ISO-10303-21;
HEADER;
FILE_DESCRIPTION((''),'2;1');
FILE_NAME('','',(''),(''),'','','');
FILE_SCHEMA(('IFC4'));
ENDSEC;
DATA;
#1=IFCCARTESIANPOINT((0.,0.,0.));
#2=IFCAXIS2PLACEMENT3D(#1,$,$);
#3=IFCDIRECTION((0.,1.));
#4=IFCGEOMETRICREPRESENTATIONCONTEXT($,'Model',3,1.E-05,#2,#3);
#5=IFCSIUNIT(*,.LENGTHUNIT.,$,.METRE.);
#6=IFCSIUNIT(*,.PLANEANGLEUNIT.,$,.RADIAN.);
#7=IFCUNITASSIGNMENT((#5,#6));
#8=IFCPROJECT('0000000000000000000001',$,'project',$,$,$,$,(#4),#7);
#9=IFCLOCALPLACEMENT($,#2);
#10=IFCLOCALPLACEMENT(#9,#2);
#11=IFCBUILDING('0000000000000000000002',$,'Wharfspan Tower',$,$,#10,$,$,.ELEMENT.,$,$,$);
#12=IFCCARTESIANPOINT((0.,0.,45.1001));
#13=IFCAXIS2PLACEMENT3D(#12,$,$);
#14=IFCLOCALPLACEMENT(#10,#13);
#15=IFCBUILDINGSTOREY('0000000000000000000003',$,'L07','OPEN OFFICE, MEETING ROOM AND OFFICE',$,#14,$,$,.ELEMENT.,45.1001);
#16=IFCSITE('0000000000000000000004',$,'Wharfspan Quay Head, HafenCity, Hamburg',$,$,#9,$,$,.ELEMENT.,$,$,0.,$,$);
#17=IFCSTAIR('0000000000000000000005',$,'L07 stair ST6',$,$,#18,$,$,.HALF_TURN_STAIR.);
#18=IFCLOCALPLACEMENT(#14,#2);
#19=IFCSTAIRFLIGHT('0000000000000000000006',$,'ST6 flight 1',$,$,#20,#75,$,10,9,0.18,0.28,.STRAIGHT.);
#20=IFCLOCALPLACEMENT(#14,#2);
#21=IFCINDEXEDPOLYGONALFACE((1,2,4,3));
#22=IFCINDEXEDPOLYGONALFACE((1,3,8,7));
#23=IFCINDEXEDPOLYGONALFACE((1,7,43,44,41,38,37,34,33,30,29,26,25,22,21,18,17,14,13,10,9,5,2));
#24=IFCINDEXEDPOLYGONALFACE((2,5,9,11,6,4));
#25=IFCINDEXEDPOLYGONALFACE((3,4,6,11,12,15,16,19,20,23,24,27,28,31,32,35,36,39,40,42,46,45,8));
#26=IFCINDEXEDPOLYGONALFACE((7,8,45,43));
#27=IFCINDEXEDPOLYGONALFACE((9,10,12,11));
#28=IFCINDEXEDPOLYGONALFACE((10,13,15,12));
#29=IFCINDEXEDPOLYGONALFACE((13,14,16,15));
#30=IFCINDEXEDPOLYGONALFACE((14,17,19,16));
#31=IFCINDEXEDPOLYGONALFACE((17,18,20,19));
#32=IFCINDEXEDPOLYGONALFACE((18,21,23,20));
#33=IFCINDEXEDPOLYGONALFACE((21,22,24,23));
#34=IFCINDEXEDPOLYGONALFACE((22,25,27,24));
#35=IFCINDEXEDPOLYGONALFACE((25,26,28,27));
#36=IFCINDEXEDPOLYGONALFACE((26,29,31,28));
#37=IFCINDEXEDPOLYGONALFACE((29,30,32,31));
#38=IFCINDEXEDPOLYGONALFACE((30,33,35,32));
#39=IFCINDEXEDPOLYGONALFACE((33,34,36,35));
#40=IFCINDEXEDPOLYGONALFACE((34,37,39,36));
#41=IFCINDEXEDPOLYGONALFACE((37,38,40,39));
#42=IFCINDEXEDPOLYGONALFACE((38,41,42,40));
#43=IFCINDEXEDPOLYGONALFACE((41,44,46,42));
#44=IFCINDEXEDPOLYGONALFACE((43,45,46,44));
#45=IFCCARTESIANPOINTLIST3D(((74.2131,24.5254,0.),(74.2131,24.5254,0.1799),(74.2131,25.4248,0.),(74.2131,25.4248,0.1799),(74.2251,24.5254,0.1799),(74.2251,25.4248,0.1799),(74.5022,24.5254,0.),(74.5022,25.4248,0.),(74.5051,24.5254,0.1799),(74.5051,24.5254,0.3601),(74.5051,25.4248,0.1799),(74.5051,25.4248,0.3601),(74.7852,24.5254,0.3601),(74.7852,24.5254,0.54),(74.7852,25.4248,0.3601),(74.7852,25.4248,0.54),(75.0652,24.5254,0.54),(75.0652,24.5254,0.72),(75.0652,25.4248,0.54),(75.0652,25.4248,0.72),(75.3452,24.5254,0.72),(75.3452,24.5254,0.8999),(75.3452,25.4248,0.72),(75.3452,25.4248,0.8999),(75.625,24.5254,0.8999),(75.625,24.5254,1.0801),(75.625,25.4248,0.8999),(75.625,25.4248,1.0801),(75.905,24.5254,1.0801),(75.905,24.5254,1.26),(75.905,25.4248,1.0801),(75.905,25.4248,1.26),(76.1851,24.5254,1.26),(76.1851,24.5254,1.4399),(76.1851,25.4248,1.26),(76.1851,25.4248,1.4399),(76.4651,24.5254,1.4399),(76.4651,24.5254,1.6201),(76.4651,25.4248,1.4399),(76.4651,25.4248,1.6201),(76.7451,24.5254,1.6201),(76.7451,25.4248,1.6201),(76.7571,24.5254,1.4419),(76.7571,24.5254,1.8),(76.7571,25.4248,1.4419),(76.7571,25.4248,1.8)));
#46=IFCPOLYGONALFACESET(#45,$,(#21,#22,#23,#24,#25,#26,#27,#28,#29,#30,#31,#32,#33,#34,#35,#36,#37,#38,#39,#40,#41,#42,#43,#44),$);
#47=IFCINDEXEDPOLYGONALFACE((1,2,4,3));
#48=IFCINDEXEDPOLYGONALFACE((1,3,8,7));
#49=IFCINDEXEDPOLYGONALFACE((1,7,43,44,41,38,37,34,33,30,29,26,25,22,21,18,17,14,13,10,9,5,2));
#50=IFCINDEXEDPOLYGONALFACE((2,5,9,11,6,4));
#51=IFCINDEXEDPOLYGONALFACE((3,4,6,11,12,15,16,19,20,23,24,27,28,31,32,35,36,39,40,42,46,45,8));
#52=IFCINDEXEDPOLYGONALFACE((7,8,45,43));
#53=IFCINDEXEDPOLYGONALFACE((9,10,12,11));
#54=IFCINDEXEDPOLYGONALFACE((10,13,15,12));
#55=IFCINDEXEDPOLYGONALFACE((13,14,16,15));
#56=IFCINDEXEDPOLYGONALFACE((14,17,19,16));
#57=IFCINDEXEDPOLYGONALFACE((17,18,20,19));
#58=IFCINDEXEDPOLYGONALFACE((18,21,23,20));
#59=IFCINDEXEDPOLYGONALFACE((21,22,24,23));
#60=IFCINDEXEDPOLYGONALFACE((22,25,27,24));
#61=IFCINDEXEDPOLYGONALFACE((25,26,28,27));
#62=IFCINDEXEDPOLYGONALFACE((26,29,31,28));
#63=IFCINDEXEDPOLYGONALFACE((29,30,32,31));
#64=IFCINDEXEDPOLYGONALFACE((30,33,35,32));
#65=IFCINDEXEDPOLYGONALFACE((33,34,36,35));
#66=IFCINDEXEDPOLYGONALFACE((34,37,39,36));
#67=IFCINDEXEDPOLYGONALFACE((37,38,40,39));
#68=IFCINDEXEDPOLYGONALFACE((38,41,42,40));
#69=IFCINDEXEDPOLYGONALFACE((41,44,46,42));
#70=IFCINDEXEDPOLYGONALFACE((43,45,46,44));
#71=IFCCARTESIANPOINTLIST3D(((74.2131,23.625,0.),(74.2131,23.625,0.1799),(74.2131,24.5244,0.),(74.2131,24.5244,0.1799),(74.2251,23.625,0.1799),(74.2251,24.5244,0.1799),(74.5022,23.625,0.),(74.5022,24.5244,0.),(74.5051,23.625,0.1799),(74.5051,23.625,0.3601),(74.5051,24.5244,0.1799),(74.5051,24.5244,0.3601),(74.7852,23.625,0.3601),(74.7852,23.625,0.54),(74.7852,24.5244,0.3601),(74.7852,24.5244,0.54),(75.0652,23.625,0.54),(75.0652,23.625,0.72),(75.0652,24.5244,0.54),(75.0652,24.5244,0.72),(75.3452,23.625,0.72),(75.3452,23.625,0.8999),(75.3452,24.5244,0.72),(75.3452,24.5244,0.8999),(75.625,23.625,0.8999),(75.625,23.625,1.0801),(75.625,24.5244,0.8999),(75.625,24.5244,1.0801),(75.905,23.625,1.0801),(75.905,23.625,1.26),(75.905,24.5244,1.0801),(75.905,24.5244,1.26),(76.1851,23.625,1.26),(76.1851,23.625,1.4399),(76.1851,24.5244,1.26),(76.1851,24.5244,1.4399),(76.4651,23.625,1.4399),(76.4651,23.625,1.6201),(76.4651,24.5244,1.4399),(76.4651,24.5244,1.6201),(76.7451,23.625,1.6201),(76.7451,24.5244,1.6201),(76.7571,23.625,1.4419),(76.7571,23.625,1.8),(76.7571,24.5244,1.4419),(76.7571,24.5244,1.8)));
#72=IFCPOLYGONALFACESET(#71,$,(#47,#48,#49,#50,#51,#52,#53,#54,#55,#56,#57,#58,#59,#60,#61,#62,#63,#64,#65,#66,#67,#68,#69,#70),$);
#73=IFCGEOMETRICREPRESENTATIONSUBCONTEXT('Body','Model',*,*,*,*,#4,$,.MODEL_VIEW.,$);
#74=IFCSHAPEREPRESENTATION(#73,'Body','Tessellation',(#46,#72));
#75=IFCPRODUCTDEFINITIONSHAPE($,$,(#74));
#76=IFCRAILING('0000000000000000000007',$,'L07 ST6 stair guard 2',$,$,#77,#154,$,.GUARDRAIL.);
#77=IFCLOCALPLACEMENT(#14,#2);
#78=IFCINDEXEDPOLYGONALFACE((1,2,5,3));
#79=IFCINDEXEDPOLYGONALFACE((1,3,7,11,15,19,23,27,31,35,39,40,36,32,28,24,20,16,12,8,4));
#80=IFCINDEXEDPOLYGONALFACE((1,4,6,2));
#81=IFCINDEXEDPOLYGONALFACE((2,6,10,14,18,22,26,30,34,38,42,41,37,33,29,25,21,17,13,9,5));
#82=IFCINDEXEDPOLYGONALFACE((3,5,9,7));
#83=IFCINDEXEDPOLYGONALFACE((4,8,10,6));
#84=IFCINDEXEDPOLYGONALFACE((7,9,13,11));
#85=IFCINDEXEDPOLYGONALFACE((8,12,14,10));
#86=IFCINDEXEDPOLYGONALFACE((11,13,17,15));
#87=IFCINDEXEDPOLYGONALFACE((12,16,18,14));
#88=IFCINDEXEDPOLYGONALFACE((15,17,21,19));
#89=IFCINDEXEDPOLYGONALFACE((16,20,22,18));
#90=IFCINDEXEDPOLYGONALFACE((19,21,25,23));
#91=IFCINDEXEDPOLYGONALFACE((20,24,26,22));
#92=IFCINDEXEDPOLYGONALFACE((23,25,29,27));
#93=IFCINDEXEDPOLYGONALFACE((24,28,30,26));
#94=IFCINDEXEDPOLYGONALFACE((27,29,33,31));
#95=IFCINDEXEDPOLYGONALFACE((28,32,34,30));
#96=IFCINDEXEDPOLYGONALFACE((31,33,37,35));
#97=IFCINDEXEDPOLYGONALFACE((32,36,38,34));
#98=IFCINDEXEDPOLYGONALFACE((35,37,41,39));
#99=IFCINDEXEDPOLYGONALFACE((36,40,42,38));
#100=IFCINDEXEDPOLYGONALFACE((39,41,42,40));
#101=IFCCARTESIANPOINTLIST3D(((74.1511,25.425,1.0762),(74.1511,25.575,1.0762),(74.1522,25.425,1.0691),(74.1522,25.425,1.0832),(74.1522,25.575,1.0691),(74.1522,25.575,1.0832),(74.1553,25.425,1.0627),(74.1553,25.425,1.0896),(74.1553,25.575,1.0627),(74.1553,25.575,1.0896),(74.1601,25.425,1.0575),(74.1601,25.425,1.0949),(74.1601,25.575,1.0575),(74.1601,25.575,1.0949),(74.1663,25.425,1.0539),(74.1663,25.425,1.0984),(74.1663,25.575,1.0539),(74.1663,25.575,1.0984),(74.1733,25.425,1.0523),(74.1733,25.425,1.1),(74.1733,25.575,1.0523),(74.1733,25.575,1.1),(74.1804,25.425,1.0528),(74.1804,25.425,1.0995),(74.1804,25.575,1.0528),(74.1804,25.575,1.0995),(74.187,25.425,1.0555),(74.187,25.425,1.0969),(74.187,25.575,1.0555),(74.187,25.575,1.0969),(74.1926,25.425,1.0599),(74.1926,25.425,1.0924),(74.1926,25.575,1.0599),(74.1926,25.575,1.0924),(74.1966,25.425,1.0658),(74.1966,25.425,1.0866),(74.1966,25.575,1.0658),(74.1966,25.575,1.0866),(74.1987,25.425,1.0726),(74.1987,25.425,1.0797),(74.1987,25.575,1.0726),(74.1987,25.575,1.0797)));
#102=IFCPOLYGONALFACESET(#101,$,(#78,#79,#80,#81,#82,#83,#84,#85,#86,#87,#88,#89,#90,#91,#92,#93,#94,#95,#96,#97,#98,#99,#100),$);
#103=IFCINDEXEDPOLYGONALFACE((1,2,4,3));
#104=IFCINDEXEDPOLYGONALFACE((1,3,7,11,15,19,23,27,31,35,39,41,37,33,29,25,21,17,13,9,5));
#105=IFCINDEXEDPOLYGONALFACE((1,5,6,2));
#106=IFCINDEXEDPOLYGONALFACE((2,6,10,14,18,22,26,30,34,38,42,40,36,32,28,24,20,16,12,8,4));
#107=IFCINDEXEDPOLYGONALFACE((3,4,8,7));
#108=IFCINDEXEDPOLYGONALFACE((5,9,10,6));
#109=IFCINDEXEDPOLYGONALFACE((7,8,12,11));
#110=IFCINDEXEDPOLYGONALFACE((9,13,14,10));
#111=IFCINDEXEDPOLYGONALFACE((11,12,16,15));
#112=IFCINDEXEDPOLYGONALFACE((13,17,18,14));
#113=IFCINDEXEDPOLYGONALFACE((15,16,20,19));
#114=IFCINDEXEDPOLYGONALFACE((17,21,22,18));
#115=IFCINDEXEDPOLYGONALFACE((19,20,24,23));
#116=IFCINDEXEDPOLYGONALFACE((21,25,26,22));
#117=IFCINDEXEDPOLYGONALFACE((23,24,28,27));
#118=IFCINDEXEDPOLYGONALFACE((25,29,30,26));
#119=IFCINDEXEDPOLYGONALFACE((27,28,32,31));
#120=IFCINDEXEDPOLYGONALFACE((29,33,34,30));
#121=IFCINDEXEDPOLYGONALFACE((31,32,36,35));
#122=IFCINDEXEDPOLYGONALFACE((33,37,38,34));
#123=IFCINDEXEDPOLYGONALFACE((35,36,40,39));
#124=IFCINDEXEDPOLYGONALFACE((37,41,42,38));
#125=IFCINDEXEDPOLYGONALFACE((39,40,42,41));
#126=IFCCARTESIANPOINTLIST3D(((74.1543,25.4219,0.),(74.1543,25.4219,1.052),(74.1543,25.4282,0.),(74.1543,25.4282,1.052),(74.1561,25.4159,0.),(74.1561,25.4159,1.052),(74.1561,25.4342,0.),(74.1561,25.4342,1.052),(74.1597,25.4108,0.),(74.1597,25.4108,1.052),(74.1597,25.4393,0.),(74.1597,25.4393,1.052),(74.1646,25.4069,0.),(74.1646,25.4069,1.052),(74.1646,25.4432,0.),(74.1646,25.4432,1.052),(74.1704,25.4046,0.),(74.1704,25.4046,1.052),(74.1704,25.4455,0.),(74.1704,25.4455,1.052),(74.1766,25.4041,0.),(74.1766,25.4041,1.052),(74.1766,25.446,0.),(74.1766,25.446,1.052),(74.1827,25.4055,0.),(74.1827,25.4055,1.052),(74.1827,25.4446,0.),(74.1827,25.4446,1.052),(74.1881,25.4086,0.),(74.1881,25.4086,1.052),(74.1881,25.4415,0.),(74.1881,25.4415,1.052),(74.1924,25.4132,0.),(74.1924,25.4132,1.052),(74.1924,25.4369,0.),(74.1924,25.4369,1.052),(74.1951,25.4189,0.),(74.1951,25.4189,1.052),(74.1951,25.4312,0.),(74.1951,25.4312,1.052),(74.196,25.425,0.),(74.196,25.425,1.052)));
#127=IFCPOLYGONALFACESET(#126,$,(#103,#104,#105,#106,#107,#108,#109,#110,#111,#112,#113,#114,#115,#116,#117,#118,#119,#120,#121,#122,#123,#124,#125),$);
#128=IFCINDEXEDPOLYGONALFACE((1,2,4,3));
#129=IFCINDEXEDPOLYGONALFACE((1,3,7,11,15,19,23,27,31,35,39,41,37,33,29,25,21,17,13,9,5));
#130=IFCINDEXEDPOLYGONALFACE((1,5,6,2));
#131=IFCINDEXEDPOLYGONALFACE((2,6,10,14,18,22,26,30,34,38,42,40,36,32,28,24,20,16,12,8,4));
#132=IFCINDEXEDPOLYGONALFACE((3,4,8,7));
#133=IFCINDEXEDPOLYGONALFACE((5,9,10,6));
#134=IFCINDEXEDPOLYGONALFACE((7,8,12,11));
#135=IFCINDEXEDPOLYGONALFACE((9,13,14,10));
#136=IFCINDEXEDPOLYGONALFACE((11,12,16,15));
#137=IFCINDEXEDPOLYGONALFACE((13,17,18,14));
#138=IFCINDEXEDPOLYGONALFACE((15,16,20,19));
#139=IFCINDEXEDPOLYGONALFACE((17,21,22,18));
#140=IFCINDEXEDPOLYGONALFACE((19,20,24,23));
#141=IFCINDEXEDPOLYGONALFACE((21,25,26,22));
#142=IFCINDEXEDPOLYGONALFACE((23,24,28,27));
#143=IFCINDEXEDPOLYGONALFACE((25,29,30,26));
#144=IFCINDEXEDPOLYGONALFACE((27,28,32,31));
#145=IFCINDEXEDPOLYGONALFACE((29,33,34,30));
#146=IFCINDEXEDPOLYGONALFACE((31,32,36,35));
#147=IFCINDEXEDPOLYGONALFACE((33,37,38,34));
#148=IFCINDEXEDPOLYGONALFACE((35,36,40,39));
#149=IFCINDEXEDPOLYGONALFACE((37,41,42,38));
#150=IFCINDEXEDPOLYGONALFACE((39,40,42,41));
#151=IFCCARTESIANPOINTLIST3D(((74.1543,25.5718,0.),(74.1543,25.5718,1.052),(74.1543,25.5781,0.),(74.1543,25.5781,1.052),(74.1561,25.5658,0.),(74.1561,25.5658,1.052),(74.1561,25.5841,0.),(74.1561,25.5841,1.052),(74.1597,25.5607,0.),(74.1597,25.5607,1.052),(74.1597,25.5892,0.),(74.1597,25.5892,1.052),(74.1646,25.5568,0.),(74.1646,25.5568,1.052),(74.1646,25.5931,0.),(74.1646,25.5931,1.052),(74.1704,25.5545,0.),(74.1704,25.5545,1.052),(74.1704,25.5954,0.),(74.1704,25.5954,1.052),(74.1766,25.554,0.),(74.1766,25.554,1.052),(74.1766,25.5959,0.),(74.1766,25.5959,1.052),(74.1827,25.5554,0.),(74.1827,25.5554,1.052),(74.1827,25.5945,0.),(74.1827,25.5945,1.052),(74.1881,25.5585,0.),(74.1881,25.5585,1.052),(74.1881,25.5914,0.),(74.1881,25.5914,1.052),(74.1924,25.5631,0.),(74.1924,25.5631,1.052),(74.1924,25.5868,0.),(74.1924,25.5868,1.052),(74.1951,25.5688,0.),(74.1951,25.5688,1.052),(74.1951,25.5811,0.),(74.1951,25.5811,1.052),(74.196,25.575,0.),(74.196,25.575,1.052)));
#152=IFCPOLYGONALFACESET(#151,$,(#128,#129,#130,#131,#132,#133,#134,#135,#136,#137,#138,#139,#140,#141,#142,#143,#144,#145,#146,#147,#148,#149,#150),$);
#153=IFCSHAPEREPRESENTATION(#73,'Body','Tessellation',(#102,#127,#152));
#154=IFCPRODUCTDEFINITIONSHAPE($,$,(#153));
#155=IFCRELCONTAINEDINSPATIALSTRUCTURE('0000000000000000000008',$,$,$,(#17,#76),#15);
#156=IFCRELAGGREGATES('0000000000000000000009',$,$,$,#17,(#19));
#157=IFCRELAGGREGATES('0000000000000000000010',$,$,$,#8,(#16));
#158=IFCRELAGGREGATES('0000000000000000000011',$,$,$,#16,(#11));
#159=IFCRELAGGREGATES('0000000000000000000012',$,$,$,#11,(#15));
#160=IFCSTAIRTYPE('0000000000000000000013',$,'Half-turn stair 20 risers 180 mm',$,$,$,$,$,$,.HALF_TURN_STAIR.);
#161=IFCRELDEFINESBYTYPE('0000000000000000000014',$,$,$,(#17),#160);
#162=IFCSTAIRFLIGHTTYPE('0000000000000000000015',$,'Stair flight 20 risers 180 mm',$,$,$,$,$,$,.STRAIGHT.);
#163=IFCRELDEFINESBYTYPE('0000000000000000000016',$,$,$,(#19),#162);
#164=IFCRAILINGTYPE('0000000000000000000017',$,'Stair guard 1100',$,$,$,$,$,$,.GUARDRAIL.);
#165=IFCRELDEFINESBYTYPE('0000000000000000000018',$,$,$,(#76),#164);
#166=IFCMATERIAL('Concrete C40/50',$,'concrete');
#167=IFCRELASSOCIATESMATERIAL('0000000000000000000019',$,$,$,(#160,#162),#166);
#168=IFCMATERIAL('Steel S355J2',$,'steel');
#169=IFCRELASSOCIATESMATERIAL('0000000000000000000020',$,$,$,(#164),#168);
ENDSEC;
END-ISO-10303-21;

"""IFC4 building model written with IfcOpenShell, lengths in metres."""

from ifc_helpers import new_model, si_unit, direction, frame, origin, origin_2d, place, context, subcontext, project, spatial, polyline, circle, outline, extrude, material, type_object, element, aggregate, save


model = new_model("IFC4")

# Units and contexts
model_context = context("Model", 3, precision=1e-05, world=origin(), true_north=direction((0.0, 1.0)))
body_context = subcontext(model_context, "Body", "Model", "MODEL_VIEW")
ifc_project = project(units=[si_unit("LENGTHUNIT", "METRE"), si_unit("PLANEANGLEUNIT", "RADIAN")], contexts=[model_context])

# Site, building, storey
site_placement = place(None, origin())
site = spatial("IfcSite", under=ifc_project, at=site_placement, Name="Wharfspan Quay Head, HafenCity, Hamburg", CompositionType="ELEMENT", RefElevation=0.0)
building_placement = place(site_placement, origin())
building = spatial("IfcBuilding", under=site, at=building_placement, Name="Wharfspan Tower", CompositionType="ELEMENT")
storey_placement = place(building_placement, frame((0.0, 0.0, 45.1001)))
storey = spatial("IfcBuildingStorey", under=building, at=storey_placement, Name="L07", Description="OPEN OFFICE, MEETING ROOM AND OFFICE", CompositionType="ELEMENT", Elevation=45.1001)

# Shared definitions
ifc_material_1 = material(Name="Steel S355J2", Category="steel")

# Shared definitions
ifc_material_2 = material(Name="Concrete C40/50", Category="concrete")

# Stair, stair flight
stair_type = type_object("IfcStairType", Name="Half-turn stair 20 risers 180 mm", PredefinedType="HALF_TURN_STAIR", material=ifc_material_2)
stair_placement = place(storey_placement, origin())
stair = element("IfcStair", 1, at=stair_placement, inside=storey, type_object=stair_type, Name="L07 stair ST6", PredefinedType="HALF_TURN_STAIR")
stair_flight_type = type_object("IfcStairFlightType", Name="Stair flight 20 risers 180 mm", PredefinedType="STRAIGHT", material=ifc_material_2)
stair_flight_placement = place(storey_placement, frame((74.2251, 24.5249, 0.0), z_axis=(0.0, 0.0, 1.0), x_axis=(1.0, 0.0, 0.0)))
stair_flight = element("IfcStairFlight", 2, at=stair_flight_placement, type_object=stair_flight_type, Name="ST6 flight 1", NumberOfRisers=10, NumberOfTreads=9, PredefinedType="STRAIGHT", RiserHeight=0.18, TreadLength=0.28, context=body_context, shape_type="SweptSolid", body=[
    extrude(outline(polyline([(-0.012, 0.0), (-0.012, 0.1799), (0.0, 0.1799), (0.28, 0.1799), (0.28, 0.3601), (0.5601, 0.3601), (0.5601, 0.54), (0.8401, 0.54), (0.8401, 0.72), (1.1201, 0.72), (1.1201, 0.8999), (1.3999, 0.8999), (1.3999, 1.0801), (1.6799, 1.0801), (1.6799, 1.26), (1.96, 1.26), (1.96, 1.4399), (2.24, 1.4399), (2.24, 1.6201), (2.52, 1.6201), (2.532, 1.8), (2.532, 1.4419), (0.2771, 0.0), (-0.012, 0.0)])), frame((0.0, 0.8999, 0.0), z_axis=(0.0, -1.0, 0.0), x_axis=(1.0, 0.0, 0.0)), (0.0, 0.0, 1.0), 0.8994),
    extrude(outline(polyline([(-0.012, 0.0), (-0.012, 0.1799), (0.0, 0.1799), (0.28, 0.1799), (0.28, 0.3601), (0.5601, 0.3601), (0.5601, 0.54), (0.8401, 0.54), (0.8401, 0.72), (1.1201, 0.72), (1.1201, 0.8999), (1.3999, 0.8999), (1.3999, 1.0801), (1.6799, 1.0801), (1.6799, 1.26), (1.96, 1.26), (1.96, 1.4399), (2.24, 1.4399), (2.24, 1.6201), (2.52, 1.6201), (2.532, 1.8), (2.532, 1.4419), (0.2771, 0.0), (-0.012, 0.0)])), frame((0.0, -0.0005, 0.0), z_axis=(0.0, -1.0, 0.0), x_axis=(1.0, 0.0, 0.0)), (0.0, 0.0, 1.0), 0.8994),
])
aggregate(stair, [stair_flight])

# Railing
railing_type_1 = type_object("IfcRailingType", Name="Stair guard 1100", PredefinedType="GUARDRAIL", material=ifc_material_1)
railing_1_placement = place(storey_placement, frame((74.175, 25.425, 0.0)))
element("IfcRailing", 3, at=railing_1_placement, inside=storey, type_object=railing_type_1, Name="L07 ST6 stair guard 2", PredefinedType="GUARDRAIL", context=body_context, shape_type="SweptSolid", body=[
    extrude(circle(Radius=0.0239, at=origin_2d()), frame((0.0, 0.0, 1.0762), z_axis=(0.0, 1.0, 0.0), x_axis=(-1.0, 0.0, 0.0)), (0.0, 0.0, 1.0), 0.1499),
    extrude(circle(Radius=0.021, at=origin_2d()), origin(), (0.0, 0.0, 1.0), 1.052),
    extrude(circle(Radius=0.021, at=origin_2d()), frame((0.0, 0.1499, 0.0)), (0.0, 0.0, 1.0), 1.052),
])

save(model, "model.ifc")
